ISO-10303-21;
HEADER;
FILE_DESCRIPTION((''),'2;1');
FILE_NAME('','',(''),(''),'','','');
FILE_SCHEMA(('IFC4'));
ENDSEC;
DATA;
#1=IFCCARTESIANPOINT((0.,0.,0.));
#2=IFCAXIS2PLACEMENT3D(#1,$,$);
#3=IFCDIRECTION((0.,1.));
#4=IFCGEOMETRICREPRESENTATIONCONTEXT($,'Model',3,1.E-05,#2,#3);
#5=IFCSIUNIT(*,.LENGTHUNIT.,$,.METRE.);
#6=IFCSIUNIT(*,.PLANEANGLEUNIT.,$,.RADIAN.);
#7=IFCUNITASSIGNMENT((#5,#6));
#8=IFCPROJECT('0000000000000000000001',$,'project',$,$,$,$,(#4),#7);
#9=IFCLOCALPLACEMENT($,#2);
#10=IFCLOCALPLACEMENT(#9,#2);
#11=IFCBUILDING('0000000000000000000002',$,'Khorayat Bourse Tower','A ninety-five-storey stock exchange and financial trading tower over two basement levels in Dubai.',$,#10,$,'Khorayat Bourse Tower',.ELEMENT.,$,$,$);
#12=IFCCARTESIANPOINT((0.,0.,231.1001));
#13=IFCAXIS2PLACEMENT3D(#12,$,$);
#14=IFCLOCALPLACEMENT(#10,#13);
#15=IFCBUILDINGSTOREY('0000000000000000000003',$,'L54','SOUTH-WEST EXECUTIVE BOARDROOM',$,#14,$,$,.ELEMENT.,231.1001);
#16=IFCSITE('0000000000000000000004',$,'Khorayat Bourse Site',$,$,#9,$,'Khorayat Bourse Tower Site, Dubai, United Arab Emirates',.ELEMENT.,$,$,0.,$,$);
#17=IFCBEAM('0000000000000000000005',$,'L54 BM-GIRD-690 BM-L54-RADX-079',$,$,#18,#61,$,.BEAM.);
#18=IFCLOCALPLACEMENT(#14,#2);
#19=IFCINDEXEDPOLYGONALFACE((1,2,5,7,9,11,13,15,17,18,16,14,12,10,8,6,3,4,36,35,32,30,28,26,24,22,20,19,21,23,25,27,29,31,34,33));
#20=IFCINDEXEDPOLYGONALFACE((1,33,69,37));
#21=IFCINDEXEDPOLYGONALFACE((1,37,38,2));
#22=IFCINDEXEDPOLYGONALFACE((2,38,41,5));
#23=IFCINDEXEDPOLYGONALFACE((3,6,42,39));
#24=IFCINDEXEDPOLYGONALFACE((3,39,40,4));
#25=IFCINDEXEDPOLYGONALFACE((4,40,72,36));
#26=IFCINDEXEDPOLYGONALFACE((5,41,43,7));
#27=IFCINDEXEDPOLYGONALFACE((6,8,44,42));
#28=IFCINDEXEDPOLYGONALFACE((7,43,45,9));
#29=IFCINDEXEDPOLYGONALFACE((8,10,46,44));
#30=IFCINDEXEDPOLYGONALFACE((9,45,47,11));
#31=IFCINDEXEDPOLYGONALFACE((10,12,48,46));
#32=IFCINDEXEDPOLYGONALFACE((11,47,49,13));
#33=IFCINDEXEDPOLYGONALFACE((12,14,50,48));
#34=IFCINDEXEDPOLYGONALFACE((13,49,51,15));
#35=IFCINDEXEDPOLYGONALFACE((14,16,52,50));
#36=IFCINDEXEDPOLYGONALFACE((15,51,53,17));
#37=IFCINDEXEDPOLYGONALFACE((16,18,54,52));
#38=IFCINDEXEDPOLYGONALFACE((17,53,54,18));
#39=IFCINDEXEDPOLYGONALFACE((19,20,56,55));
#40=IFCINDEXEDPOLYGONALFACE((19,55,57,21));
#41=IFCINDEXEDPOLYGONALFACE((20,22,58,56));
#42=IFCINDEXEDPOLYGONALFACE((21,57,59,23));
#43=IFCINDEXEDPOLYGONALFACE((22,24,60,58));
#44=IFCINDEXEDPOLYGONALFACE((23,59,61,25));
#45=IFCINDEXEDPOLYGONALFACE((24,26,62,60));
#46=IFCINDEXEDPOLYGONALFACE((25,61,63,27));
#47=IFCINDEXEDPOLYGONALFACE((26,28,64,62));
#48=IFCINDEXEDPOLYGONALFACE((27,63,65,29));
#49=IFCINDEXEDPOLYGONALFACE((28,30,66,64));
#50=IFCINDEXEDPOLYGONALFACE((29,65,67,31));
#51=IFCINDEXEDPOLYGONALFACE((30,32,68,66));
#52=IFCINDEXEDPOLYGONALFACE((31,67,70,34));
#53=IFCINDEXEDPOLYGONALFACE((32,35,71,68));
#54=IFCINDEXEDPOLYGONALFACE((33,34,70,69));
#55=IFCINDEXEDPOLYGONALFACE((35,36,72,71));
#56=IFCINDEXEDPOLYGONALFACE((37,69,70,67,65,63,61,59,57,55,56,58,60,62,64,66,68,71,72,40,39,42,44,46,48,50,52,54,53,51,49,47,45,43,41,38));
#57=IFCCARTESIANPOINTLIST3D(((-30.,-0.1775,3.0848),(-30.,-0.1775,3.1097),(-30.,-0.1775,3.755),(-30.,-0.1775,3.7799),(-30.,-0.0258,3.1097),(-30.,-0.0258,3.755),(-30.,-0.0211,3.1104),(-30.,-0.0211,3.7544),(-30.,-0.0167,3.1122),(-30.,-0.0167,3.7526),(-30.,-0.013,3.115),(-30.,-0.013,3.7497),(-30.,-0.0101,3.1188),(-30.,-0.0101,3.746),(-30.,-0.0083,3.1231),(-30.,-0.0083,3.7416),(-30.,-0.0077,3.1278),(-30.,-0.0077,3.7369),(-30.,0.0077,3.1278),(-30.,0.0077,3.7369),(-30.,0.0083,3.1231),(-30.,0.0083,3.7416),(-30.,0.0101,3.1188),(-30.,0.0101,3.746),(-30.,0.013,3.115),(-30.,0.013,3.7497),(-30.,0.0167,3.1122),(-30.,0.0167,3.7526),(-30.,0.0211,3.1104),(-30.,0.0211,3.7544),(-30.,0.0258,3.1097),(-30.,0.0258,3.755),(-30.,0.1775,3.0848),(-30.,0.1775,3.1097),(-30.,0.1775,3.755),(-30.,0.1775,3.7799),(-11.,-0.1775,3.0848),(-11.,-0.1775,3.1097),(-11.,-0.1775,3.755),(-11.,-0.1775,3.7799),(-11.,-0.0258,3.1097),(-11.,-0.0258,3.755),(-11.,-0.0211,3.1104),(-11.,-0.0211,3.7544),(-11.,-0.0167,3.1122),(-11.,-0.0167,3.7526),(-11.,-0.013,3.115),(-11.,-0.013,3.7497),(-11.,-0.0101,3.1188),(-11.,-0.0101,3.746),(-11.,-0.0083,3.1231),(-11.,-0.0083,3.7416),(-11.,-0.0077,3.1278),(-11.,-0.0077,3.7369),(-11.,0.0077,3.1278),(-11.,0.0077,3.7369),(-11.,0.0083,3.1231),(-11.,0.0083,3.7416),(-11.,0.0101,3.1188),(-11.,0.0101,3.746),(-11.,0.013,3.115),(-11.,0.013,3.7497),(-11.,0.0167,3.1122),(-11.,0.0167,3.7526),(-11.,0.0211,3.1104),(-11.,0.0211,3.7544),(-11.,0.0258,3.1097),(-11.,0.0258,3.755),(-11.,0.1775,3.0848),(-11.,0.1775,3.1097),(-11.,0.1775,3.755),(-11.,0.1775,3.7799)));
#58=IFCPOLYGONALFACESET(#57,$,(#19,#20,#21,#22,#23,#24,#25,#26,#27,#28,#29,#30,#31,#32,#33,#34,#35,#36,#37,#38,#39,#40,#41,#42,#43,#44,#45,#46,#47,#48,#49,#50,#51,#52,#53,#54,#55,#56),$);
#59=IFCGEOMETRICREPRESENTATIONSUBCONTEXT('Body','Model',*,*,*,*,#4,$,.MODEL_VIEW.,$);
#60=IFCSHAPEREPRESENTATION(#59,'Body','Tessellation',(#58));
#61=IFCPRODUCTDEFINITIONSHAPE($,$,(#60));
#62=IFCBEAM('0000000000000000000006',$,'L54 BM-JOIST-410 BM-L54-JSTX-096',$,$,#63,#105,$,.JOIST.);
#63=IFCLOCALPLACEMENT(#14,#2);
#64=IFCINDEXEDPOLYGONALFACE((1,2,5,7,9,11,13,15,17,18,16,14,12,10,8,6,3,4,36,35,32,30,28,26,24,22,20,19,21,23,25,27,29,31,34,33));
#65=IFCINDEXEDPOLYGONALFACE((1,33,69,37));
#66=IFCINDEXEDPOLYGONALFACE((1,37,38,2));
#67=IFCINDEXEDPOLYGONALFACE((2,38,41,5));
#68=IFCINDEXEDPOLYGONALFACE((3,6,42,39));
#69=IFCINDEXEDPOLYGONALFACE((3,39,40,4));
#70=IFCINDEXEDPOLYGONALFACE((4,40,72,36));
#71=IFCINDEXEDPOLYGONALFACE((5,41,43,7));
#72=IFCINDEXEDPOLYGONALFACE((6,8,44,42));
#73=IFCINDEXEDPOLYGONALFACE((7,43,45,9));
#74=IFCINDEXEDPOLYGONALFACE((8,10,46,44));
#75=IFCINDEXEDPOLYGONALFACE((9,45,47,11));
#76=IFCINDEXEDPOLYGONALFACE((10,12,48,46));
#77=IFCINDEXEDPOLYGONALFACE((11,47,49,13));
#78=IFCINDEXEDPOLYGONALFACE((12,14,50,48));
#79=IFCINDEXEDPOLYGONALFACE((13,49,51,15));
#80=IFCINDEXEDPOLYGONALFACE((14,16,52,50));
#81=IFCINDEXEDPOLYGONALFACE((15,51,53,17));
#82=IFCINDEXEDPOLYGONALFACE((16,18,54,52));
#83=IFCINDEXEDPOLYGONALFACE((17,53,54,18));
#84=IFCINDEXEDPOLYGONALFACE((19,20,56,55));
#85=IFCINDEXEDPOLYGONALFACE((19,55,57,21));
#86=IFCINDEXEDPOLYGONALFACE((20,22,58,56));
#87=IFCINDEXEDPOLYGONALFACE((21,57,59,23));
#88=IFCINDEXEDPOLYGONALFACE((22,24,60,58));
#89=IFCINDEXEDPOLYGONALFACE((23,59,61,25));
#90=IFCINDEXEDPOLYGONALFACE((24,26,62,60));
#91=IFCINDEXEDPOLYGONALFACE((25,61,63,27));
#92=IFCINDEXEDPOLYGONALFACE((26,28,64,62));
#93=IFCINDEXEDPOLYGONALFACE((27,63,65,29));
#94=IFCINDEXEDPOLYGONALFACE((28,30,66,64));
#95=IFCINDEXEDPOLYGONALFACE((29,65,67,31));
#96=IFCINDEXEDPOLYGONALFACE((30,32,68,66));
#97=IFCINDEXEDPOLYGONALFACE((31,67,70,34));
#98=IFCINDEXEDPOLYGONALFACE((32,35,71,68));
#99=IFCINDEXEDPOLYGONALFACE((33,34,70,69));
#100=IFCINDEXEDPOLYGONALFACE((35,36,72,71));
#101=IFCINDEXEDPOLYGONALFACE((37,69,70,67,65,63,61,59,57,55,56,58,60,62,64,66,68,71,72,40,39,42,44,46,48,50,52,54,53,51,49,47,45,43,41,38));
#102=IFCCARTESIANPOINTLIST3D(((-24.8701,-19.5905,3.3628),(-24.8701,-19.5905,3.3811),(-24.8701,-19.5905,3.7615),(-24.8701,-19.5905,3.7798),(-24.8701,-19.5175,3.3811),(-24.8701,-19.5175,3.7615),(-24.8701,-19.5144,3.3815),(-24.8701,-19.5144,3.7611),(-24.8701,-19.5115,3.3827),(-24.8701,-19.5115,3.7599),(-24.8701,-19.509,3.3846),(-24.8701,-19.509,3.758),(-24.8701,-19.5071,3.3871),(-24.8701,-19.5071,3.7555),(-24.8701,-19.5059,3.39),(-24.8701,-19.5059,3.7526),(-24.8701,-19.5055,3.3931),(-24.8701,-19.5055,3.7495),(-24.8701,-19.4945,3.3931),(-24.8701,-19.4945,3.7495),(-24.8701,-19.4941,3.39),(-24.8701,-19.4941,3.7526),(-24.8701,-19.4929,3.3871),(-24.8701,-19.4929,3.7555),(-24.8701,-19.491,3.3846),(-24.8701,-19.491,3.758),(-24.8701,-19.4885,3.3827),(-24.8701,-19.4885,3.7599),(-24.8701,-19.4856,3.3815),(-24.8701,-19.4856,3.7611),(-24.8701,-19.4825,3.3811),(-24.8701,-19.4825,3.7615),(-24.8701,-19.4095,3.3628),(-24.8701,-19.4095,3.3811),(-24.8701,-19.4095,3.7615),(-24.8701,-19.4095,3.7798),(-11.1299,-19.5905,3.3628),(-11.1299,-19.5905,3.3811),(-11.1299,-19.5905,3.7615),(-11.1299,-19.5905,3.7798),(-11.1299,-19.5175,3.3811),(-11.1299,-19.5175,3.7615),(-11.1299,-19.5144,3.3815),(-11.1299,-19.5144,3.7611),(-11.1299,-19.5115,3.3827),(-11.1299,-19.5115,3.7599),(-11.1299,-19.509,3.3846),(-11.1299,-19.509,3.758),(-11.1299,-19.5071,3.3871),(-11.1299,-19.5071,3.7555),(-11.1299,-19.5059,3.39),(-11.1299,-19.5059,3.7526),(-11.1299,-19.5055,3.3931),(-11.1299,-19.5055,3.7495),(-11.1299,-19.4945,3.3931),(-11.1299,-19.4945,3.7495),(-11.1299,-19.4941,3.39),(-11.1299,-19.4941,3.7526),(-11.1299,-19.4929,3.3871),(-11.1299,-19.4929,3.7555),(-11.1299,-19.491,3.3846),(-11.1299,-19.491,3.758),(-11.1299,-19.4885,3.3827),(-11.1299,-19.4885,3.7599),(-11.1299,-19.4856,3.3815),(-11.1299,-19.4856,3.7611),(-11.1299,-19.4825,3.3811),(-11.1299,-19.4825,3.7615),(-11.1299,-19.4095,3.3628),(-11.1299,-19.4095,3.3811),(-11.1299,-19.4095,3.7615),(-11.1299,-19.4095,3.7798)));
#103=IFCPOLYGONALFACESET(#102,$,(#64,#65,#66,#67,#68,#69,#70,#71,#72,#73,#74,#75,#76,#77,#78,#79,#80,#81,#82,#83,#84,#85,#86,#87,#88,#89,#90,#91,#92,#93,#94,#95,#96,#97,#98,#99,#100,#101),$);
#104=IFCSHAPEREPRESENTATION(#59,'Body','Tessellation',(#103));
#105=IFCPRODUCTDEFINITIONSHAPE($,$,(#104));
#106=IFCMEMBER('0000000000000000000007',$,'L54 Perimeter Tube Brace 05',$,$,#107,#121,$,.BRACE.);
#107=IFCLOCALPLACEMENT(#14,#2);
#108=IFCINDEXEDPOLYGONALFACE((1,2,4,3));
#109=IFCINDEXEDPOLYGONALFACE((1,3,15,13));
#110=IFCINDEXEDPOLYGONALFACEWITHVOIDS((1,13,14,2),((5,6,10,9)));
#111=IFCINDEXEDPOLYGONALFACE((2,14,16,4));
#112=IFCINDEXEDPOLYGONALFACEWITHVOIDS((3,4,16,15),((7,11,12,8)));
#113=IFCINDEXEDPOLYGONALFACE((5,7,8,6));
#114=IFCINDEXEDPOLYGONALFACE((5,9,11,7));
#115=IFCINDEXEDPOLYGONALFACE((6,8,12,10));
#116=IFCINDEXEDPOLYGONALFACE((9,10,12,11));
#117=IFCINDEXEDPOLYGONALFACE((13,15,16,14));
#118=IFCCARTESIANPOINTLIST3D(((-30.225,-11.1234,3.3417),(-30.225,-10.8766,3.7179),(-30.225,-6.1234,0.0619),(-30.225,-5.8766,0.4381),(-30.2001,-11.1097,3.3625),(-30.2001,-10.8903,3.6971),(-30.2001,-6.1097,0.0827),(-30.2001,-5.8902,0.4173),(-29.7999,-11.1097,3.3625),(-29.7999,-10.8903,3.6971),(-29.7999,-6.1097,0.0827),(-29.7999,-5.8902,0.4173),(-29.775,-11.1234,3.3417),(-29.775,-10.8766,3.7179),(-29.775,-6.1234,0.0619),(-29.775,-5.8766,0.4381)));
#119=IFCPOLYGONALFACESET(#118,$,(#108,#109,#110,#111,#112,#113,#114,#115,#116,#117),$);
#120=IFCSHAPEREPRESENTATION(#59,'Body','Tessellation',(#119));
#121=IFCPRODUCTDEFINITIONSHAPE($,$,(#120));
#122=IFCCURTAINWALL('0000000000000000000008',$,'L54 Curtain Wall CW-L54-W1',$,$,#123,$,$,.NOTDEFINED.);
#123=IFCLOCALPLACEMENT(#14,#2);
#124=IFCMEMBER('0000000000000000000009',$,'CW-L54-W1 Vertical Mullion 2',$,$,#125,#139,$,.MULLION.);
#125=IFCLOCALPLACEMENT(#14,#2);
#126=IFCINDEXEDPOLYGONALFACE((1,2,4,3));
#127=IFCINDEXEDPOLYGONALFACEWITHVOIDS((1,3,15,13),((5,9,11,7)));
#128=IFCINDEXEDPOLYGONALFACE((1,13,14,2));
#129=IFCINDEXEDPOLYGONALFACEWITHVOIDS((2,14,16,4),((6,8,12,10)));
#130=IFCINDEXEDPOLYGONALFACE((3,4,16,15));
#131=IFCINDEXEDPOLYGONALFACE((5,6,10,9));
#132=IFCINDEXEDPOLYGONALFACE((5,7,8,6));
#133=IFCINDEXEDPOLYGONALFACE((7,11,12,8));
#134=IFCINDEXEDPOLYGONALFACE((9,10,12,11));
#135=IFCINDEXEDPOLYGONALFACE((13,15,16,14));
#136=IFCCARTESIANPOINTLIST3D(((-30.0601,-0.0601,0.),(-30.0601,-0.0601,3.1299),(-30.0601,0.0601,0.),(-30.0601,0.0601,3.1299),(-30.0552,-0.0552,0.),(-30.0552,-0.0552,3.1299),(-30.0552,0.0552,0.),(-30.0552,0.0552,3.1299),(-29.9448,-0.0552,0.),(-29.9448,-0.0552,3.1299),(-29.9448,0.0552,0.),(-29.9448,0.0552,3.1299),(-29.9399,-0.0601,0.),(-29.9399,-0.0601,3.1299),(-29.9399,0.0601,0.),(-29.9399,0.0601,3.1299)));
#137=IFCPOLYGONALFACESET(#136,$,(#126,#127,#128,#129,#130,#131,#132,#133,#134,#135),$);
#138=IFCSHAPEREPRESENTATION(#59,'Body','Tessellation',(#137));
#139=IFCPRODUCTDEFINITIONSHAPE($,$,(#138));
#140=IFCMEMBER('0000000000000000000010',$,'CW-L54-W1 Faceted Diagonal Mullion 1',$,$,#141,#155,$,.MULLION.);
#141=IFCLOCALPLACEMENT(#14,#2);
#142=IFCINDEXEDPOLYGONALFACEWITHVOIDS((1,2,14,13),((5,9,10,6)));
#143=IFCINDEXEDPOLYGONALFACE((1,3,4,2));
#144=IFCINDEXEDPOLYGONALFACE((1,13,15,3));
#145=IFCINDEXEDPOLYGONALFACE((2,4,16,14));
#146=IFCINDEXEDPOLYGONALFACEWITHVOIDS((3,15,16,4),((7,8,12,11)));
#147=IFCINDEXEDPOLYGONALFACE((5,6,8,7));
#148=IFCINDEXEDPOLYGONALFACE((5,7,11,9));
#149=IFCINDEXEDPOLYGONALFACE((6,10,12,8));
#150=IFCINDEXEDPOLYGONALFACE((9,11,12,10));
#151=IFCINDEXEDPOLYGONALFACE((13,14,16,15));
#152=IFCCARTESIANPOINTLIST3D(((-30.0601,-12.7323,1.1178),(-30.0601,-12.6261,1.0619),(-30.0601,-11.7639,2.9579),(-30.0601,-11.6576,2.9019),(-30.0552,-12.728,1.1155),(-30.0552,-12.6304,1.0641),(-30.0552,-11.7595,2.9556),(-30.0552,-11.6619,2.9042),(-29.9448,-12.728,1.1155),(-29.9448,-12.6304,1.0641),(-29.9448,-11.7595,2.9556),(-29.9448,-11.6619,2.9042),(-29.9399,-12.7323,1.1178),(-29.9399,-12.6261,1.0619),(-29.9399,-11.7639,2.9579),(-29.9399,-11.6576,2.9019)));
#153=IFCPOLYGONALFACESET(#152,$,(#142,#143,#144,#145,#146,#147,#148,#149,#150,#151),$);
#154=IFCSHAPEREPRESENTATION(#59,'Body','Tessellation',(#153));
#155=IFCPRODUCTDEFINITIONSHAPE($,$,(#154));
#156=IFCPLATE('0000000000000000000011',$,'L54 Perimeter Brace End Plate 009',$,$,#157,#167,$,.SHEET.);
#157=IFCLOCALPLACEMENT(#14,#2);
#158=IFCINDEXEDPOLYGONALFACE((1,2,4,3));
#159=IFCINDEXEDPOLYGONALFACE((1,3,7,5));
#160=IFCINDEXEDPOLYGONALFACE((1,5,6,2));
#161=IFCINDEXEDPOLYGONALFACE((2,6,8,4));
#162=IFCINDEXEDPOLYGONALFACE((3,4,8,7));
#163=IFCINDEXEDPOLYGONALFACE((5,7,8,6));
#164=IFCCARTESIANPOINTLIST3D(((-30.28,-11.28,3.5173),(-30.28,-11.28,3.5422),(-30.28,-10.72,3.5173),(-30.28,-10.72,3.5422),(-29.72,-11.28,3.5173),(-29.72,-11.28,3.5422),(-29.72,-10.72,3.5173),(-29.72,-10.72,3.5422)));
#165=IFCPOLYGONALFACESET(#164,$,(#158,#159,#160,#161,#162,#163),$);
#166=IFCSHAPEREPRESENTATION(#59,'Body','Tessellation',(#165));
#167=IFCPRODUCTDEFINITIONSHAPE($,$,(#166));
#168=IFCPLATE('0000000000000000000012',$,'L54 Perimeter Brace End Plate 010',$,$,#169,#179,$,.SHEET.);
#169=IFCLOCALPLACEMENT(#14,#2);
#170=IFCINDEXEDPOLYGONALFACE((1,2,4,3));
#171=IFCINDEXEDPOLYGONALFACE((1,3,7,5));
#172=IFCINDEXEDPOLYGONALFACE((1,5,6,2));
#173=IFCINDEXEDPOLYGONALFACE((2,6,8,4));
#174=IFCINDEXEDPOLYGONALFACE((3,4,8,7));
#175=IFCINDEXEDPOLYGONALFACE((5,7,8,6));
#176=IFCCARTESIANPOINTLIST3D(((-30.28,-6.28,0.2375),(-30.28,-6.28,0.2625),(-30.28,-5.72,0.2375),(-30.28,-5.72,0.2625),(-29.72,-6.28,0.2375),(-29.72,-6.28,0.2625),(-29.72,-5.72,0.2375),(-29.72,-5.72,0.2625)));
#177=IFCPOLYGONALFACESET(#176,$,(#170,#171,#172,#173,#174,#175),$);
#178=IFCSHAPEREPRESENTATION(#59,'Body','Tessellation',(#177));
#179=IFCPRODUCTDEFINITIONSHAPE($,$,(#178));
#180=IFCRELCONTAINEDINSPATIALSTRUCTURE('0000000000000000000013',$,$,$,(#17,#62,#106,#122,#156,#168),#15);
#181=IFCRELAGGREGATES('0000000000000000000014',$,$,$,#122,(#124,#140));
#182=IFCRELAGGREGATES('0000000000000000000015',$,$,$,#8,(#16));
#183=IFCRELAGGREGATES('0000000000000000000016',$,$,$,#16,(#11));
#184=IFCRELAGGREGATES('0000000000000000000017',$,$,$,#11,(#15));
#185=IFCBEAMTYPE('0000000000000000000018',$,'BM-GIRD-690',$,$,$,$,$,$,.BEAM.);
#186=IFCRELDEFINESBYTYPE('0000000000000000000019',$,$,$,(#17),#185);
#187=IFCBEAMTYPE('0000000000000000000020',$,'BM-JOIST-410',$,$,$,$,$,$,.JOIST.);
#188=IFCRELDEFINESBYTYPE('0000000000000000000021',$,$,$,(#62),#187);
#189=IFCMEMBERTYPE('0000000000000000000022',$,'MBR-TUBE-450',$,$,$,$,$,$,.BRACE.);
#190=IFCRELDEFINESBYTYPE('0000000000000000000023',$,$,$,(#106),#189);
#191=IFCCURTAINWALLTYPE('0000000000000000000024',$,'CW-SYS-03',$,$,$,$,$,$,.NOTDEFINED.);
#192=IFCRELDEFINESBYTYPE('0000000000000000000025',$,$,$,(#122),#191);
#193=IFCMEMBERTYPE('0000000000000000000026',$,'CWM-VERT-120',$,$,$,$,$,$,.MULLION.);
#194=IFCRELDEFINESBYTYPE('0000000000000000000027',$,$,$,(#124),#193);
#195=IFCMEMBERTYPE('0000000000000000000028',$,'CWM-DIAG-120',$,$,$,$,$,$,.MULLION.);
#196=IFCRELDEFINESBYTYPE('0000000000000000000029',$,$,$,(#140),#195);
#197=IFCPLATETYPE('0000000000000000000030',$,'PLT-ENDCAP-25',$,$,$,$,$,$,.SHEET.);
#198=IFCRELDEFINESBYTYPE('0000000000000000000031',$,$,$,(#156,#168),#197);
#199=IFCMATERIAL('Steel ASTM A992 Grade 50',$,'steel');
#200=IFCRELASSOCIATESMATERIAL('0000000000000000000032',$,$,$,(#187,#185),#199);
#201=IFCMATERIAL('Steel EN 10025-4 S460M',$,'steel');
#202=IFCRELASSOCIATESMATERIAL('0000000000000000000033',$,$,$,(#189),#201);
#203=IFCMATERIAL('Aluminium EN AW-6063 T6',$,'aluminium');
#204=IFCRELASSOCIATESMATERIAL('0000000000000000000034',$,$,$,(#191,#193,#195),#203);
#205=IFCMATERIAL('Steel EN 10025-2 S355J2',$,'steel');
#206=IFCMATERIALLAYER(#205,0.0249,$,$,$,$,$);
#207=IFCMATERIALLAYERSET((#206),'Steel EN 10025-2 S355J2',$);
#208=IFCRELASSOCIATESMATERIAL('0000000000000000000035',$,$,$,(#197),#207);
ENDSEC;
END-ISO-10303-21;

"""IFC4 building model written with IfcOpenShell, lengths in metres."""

from ifc_helpers import new_model, si_unit, direction, frame, origin, origin_2d, place, context, subcontext, project, spatial, rectangle, hollow_rectangle, i_section, extrude, source, transform, mapped, material, layer, layer_set, material_profile, profile_set, type_object, element, aggregate, save


model = new_model("IFC4")

# Units and contexts
model_context = context("Model", 3, precision=1e-05, world=origin(), true_north=direction((0.0, 1.0)))
body_context = subcontext(model_context, "Body", "Model", "MODEL_VIEW")
ifc_project = project(units=[si_unit("LENGTHUNIT", "METRE"), si_unit("PLANEANGLEUNIT", "RADIAN")], contexts=[model_context])

# Site, building, storey
site_placement = place(None, origin())
site = spatial("IfcSite", under=ifc_project, at=site_placement, Name="Khorayat Bourse Site", LongName="Khorayat Bourse Tower Site, Dubai, United Arab Emirates", CompositionType="ELEMENT", RefElevation=0.0)
building_placement = place(site_placement, origin())
building = spatial("IfcBuilding", under=site, at=building_placement, Name="Khorayat Bourse Tower", Description="A ninety-five-storey stock exchange and financial trading tower over two basement levels in Dubai.", LongName="Khorayat Bourse Tower", CompositionType="ELEMENT")
storey_placement = place(building_placement, frame((0.0, 0.0, 231.1001)))
storey = spatial("IfcBuildingStorey", under=building, at=storey_placement, Name="L54", Description="SOUTH-WEST EXECUTIVE BOARDROOM", CompositionType="ELEMENT", Elevation=231.1001)

# Shared definitions
ifc_material_1 = material(Name="Steel EN 10025-4 S460M", Category="steel")

# Beams
ifc_material_2 = material(Name="Steel ASTM A992 Grade 50", Category="steel")
ifc_material_profile_1 = material_profile(ifc_material_2, i_section(OverallWidth=0.1809, OverallDepth=0.417, WebThickness=0.011, FlangeThickness=0.0183, FilletRadius=0.012, at=origin_2d()), Name="W410X85")
ifc_profile_set_1 = profile_set([ifc_material_profile_1], Name="Steel ASTM A992 Grade 50")
beam_type_1 = type_object("IfcBeamType", Name="BM-JOIST-410", PredefinedType="JOIST", material=ifc_profile_set_1)
ifc_material_profile_2 = material_profile(ifc_material_2, i_section(OverallWidth=0.355, OverallDepth=0.6951, WebThickness=0.0154, FlangeThickness=0.0249, FilletRadius=0.0181, at=origin_2d()), Name="W690X217")
ifc_profile_set_2 = profile_set([ifc_material_profile_2], Name="Steel ASTM A992 Grade 50")
beam_type_2 = type_object("IfcBeamType", Name="BM-GIRD-690", PredefinedType="BEAM", material=ifc_profile_set_2)
shared_shape_1 = source(origin(), body_context, "Body", "SweptSolid", [
    extrude(i_section(OverallWidth=0.355, OverallDepth=0.6951, WebThickness=0.0154, FlangeThickness=0.0249, FilletRadius=0.0181, at=origin_2d()), origin(), (0.0, 0.0, 1.0), 19.0),
])
for number, where, z_axis, x_axis, name in (
    (1, (-30.0, 0.0, 3.4324), (1.0, 0.0, 0.0), (0.0, 1.0, 0.0), "L54 BM-GIRD-690 BM-L54-RADX-079"),
):
    element("IfcBeam", number, at=place(storey_placement, frame(where, z_axis=z_axis, x_axis=x_axis)), inside=storey, type_object=beam_type_2, Name=name, PredefinedType="BEAM", context=body_context, shape_type="MappedRepresentation", body=[
        mapped(shared_shape_1, transform((0.0, 0.0, 0.0), scale=1.0)),
    ])
shared_shape_2 = source(origin(), body_context, "Body", "SweptSolid", [
    extrude(i_section(OverallWidth=0.1809, OverallDepth=0.417, WebThickness=0.011, FlangeThickness=0.0183, FilletRadius=0.012, at=origin_2d()), origin(), (0.0, 0.0, 1.0), 13.7402),
])
beam_1_placement = place(storey_placement, frame((-24.8701, -19.5, 3.5713), z_axis=(1.0, 0.0, 0.0), x_axis=(0.0, 1.0, 0.0)))
element("IfcBeam", 2, at=beam_1_placement, inside=storey, type_object=beam_type_1, Name="L54 BM-JOIST-410 BM-L54-JSTX-096", PredefinedType="JOIST", context=body_context, shape_type="MappedRepresentation", body=[
    mapped(shared_shape_2, transform((0.0, 0.0, 0.0), scale=1.0)),
])

# Member
ifc_material_profile_3 = material_profile(ifc_material_1, hollow_rectangle(XDim=0.45, YDim=0.45, WallThickness=0.0249, at=origin_2d()), Name="HSS 450x450x25")
ifc_profile_set_3 = profile_set([ifc_material_profile_3], Name="Steel EN 10025-4 S460M")
member_type_1 = type_object("IfcMemberType", Name="MBR-TUBE-450", PredefinedType="BRACE", material=ifc_profile_set_3)
shared_shape_3 = source(origin(), body_context, "Body", "SweptSolid", [
    extrude(hollow_rectangle(XDim=0.45, YDim=0.45, WallThickness=0.0249, at=origin_2d()), origin(), (0.0, 0.0, 1.0), 5.9797),
])
member_1_placement = place(storey_placement, frame((-30.0, -11.0, 3.5298), z_axis=(0.0, 0.83616, -0.548485), x_axis=(-1.0, 0.0, 0.0)))
element("IfcMember", 3, at=member_1_placement, inside=storey, type_object=member_type_1, Name="L54 Perimeter Tube Brace 05", PredefinedType="BRACE", context=body_context, shape_type="MappedRepresentation", body=[
    mapped(shared_shape_3, transform((0.0, 0.0, 0.0), scale=1.0)),
])

# Curtain wall, members
ifc_material_3 = material(Name="Aluminium EN AW-6063 T6", Category="aluminium")
curtain_wall_type = type_object("IfcCurtainWallType", Name="CW-SYS-03", PredefinedType="NOTDEFINED", material=ifc_material_3)
curtain_wall_placement = place(storey_placement, origin())
curtain_wall = element("IfcCurtainWall", 4, at=curtain_wall_placement, inside=storey, type_object=curtain_wall_type, Name="L54 Curtain Wall CW-L54-W1", PredefinedType="NOTDEFINED")
ifc_material_profile_4 = material_profile(ifc_material_3, hollow_rectangle(XDim=0.1201, YDim=0.1201, WallThickness=0.0049, at=origin_2d()), Name="ALU 120x120x5")
ifc_profile_set_4 = profile_set([ifc_material_profile_4], Name="Aluminium EN AW-6063 T6")
member_type_2 = type_object("IfcMemberType", Name="CWM-VERT-120", PredefinedType="MULLION", material=ifc_profile_set_4)
shared_shape_4 = source(origin(), body_context, "Body", "SweptSolid", [
    extrude(hollow_rectangle(XDim=0.1201, YDim=0.1201, WallThickness=0.0049, at=origin_2d()), origin(), (0.0, 0.0, 1.0), 3.1299),
])
member_2_placement = place(storey_placement, frame((-30.0, 0.0, 0.0), z_axis=(0.0, 0.0, 1.0), x_axis=(-1.0, 0.0, 0.0)))
member_2 = element("IfcMember", 5, at=member_2_placement, type_object=member_type_2, Name="CW-L54-W1 Vertical Mullion 2", PredefinedType="MULLION", context=body_context, shape_type="MappedRepresentation", body=[
    mapped(shared_shape_4, transform((0.0, 0.0, 0.0), scale=1.0)),
])
ifc_material_profile_5 = material_profile(ifc_material_3, hollow_rectangle(XDim=0.1201, YDim=0.1201, WallThickness=0.0049, at=origin_2d()), Name="ALU 120x120x5")
ifc_profile_set_5 = profile_set([ifc_material_profile_5], Name="Aluminium EN AW-6063 T6")
member_type_3 = type_object("IfcMemberType", Name="CWM-DIAG-120", PredefinedType="MULLION", material=ifc_profile_set_5)
shared_shape_5 = source(origin(), body_context, "Body", "SweptSolid", [
    extrude(hollow_rectangle(XDim=0.1201, YDim=0.1201, WallThickness=0.0049, at=origin_2d()), origin(), (0.0, 0.0, 1.0), 2.0793),
])
member_3_placement = place(storey_placement, frame((-30.0, -12.6792, 1.0898), z_axis=(0.0, 0.465761, 0.884911), x_axis=(-1.0, 0.0, 0.0)))
member_3 = element("IfcMember", 6, at=member_3_placement, type_object=member_type_3, Name="CW-L54-W1 Faceted Diagonal Mullion 1", PredefinedType="MULLION", context=body_context, shape_type="MappedRepresentation", body=[
    mapped(shared_shape_5, transform((0.0, 0.0, 0.0), scale=1.0)),
])

# Plates
ifc_material_4 = material(Name="Steel EN 10025-2 S355J2", Category="steel")
ifc_layer_1 = layer(ifc_material_4, 0.0249)
ifc_layer_set_1 = layer_set([ifc_layer_1], Name="Steel EN 10025-2 S355J2")
plate_type_1 = type_object("IfcPlateType", Name="PLT-ENDCAP-25", PredefinedType="SHEET", material=ifc_layer_set_1)
shared_shape_6 = source(origin(), body_context, "Body", "SweptSolid", [
    extrude(rectangle(XDim=0.5601, YDim=0.5601, at=origin_2d()), origin(), (0.0, 0.0, 1.0), 0.0249),
])
for number, where, z_axis, x_axis, name in (
    (7, (-30.0, -11.0, 3.5173), (0.0, 0.0, 1.0), (1.0, 0.0, 0.0), "L54 Perimeter Brace End Plate 009"),
    (8, (-30.0, -6.0, 0.2375), (0.0, 0.0, 1.0), (1.0, 0.0, 0.0), "L54 Perimeter Brace End Plate 010"),
):
    element("IfcPlate", number, at=place(storey_placement, frame(where, z_axis=z_axis, x_axis=x_axis)), inside=storey, type_object=plate_type_1, Name=name, PredefinedType="SHEET", context=body_context, shape_type="MappedRepresentation", body=[
        mapped(shared_shape_6, transform((0.0, 0.0, 0.0), scale=1.0)),
    ])

aggregate(curtain_wall, [member_2, member_3])

save(model, "model.ifc")
